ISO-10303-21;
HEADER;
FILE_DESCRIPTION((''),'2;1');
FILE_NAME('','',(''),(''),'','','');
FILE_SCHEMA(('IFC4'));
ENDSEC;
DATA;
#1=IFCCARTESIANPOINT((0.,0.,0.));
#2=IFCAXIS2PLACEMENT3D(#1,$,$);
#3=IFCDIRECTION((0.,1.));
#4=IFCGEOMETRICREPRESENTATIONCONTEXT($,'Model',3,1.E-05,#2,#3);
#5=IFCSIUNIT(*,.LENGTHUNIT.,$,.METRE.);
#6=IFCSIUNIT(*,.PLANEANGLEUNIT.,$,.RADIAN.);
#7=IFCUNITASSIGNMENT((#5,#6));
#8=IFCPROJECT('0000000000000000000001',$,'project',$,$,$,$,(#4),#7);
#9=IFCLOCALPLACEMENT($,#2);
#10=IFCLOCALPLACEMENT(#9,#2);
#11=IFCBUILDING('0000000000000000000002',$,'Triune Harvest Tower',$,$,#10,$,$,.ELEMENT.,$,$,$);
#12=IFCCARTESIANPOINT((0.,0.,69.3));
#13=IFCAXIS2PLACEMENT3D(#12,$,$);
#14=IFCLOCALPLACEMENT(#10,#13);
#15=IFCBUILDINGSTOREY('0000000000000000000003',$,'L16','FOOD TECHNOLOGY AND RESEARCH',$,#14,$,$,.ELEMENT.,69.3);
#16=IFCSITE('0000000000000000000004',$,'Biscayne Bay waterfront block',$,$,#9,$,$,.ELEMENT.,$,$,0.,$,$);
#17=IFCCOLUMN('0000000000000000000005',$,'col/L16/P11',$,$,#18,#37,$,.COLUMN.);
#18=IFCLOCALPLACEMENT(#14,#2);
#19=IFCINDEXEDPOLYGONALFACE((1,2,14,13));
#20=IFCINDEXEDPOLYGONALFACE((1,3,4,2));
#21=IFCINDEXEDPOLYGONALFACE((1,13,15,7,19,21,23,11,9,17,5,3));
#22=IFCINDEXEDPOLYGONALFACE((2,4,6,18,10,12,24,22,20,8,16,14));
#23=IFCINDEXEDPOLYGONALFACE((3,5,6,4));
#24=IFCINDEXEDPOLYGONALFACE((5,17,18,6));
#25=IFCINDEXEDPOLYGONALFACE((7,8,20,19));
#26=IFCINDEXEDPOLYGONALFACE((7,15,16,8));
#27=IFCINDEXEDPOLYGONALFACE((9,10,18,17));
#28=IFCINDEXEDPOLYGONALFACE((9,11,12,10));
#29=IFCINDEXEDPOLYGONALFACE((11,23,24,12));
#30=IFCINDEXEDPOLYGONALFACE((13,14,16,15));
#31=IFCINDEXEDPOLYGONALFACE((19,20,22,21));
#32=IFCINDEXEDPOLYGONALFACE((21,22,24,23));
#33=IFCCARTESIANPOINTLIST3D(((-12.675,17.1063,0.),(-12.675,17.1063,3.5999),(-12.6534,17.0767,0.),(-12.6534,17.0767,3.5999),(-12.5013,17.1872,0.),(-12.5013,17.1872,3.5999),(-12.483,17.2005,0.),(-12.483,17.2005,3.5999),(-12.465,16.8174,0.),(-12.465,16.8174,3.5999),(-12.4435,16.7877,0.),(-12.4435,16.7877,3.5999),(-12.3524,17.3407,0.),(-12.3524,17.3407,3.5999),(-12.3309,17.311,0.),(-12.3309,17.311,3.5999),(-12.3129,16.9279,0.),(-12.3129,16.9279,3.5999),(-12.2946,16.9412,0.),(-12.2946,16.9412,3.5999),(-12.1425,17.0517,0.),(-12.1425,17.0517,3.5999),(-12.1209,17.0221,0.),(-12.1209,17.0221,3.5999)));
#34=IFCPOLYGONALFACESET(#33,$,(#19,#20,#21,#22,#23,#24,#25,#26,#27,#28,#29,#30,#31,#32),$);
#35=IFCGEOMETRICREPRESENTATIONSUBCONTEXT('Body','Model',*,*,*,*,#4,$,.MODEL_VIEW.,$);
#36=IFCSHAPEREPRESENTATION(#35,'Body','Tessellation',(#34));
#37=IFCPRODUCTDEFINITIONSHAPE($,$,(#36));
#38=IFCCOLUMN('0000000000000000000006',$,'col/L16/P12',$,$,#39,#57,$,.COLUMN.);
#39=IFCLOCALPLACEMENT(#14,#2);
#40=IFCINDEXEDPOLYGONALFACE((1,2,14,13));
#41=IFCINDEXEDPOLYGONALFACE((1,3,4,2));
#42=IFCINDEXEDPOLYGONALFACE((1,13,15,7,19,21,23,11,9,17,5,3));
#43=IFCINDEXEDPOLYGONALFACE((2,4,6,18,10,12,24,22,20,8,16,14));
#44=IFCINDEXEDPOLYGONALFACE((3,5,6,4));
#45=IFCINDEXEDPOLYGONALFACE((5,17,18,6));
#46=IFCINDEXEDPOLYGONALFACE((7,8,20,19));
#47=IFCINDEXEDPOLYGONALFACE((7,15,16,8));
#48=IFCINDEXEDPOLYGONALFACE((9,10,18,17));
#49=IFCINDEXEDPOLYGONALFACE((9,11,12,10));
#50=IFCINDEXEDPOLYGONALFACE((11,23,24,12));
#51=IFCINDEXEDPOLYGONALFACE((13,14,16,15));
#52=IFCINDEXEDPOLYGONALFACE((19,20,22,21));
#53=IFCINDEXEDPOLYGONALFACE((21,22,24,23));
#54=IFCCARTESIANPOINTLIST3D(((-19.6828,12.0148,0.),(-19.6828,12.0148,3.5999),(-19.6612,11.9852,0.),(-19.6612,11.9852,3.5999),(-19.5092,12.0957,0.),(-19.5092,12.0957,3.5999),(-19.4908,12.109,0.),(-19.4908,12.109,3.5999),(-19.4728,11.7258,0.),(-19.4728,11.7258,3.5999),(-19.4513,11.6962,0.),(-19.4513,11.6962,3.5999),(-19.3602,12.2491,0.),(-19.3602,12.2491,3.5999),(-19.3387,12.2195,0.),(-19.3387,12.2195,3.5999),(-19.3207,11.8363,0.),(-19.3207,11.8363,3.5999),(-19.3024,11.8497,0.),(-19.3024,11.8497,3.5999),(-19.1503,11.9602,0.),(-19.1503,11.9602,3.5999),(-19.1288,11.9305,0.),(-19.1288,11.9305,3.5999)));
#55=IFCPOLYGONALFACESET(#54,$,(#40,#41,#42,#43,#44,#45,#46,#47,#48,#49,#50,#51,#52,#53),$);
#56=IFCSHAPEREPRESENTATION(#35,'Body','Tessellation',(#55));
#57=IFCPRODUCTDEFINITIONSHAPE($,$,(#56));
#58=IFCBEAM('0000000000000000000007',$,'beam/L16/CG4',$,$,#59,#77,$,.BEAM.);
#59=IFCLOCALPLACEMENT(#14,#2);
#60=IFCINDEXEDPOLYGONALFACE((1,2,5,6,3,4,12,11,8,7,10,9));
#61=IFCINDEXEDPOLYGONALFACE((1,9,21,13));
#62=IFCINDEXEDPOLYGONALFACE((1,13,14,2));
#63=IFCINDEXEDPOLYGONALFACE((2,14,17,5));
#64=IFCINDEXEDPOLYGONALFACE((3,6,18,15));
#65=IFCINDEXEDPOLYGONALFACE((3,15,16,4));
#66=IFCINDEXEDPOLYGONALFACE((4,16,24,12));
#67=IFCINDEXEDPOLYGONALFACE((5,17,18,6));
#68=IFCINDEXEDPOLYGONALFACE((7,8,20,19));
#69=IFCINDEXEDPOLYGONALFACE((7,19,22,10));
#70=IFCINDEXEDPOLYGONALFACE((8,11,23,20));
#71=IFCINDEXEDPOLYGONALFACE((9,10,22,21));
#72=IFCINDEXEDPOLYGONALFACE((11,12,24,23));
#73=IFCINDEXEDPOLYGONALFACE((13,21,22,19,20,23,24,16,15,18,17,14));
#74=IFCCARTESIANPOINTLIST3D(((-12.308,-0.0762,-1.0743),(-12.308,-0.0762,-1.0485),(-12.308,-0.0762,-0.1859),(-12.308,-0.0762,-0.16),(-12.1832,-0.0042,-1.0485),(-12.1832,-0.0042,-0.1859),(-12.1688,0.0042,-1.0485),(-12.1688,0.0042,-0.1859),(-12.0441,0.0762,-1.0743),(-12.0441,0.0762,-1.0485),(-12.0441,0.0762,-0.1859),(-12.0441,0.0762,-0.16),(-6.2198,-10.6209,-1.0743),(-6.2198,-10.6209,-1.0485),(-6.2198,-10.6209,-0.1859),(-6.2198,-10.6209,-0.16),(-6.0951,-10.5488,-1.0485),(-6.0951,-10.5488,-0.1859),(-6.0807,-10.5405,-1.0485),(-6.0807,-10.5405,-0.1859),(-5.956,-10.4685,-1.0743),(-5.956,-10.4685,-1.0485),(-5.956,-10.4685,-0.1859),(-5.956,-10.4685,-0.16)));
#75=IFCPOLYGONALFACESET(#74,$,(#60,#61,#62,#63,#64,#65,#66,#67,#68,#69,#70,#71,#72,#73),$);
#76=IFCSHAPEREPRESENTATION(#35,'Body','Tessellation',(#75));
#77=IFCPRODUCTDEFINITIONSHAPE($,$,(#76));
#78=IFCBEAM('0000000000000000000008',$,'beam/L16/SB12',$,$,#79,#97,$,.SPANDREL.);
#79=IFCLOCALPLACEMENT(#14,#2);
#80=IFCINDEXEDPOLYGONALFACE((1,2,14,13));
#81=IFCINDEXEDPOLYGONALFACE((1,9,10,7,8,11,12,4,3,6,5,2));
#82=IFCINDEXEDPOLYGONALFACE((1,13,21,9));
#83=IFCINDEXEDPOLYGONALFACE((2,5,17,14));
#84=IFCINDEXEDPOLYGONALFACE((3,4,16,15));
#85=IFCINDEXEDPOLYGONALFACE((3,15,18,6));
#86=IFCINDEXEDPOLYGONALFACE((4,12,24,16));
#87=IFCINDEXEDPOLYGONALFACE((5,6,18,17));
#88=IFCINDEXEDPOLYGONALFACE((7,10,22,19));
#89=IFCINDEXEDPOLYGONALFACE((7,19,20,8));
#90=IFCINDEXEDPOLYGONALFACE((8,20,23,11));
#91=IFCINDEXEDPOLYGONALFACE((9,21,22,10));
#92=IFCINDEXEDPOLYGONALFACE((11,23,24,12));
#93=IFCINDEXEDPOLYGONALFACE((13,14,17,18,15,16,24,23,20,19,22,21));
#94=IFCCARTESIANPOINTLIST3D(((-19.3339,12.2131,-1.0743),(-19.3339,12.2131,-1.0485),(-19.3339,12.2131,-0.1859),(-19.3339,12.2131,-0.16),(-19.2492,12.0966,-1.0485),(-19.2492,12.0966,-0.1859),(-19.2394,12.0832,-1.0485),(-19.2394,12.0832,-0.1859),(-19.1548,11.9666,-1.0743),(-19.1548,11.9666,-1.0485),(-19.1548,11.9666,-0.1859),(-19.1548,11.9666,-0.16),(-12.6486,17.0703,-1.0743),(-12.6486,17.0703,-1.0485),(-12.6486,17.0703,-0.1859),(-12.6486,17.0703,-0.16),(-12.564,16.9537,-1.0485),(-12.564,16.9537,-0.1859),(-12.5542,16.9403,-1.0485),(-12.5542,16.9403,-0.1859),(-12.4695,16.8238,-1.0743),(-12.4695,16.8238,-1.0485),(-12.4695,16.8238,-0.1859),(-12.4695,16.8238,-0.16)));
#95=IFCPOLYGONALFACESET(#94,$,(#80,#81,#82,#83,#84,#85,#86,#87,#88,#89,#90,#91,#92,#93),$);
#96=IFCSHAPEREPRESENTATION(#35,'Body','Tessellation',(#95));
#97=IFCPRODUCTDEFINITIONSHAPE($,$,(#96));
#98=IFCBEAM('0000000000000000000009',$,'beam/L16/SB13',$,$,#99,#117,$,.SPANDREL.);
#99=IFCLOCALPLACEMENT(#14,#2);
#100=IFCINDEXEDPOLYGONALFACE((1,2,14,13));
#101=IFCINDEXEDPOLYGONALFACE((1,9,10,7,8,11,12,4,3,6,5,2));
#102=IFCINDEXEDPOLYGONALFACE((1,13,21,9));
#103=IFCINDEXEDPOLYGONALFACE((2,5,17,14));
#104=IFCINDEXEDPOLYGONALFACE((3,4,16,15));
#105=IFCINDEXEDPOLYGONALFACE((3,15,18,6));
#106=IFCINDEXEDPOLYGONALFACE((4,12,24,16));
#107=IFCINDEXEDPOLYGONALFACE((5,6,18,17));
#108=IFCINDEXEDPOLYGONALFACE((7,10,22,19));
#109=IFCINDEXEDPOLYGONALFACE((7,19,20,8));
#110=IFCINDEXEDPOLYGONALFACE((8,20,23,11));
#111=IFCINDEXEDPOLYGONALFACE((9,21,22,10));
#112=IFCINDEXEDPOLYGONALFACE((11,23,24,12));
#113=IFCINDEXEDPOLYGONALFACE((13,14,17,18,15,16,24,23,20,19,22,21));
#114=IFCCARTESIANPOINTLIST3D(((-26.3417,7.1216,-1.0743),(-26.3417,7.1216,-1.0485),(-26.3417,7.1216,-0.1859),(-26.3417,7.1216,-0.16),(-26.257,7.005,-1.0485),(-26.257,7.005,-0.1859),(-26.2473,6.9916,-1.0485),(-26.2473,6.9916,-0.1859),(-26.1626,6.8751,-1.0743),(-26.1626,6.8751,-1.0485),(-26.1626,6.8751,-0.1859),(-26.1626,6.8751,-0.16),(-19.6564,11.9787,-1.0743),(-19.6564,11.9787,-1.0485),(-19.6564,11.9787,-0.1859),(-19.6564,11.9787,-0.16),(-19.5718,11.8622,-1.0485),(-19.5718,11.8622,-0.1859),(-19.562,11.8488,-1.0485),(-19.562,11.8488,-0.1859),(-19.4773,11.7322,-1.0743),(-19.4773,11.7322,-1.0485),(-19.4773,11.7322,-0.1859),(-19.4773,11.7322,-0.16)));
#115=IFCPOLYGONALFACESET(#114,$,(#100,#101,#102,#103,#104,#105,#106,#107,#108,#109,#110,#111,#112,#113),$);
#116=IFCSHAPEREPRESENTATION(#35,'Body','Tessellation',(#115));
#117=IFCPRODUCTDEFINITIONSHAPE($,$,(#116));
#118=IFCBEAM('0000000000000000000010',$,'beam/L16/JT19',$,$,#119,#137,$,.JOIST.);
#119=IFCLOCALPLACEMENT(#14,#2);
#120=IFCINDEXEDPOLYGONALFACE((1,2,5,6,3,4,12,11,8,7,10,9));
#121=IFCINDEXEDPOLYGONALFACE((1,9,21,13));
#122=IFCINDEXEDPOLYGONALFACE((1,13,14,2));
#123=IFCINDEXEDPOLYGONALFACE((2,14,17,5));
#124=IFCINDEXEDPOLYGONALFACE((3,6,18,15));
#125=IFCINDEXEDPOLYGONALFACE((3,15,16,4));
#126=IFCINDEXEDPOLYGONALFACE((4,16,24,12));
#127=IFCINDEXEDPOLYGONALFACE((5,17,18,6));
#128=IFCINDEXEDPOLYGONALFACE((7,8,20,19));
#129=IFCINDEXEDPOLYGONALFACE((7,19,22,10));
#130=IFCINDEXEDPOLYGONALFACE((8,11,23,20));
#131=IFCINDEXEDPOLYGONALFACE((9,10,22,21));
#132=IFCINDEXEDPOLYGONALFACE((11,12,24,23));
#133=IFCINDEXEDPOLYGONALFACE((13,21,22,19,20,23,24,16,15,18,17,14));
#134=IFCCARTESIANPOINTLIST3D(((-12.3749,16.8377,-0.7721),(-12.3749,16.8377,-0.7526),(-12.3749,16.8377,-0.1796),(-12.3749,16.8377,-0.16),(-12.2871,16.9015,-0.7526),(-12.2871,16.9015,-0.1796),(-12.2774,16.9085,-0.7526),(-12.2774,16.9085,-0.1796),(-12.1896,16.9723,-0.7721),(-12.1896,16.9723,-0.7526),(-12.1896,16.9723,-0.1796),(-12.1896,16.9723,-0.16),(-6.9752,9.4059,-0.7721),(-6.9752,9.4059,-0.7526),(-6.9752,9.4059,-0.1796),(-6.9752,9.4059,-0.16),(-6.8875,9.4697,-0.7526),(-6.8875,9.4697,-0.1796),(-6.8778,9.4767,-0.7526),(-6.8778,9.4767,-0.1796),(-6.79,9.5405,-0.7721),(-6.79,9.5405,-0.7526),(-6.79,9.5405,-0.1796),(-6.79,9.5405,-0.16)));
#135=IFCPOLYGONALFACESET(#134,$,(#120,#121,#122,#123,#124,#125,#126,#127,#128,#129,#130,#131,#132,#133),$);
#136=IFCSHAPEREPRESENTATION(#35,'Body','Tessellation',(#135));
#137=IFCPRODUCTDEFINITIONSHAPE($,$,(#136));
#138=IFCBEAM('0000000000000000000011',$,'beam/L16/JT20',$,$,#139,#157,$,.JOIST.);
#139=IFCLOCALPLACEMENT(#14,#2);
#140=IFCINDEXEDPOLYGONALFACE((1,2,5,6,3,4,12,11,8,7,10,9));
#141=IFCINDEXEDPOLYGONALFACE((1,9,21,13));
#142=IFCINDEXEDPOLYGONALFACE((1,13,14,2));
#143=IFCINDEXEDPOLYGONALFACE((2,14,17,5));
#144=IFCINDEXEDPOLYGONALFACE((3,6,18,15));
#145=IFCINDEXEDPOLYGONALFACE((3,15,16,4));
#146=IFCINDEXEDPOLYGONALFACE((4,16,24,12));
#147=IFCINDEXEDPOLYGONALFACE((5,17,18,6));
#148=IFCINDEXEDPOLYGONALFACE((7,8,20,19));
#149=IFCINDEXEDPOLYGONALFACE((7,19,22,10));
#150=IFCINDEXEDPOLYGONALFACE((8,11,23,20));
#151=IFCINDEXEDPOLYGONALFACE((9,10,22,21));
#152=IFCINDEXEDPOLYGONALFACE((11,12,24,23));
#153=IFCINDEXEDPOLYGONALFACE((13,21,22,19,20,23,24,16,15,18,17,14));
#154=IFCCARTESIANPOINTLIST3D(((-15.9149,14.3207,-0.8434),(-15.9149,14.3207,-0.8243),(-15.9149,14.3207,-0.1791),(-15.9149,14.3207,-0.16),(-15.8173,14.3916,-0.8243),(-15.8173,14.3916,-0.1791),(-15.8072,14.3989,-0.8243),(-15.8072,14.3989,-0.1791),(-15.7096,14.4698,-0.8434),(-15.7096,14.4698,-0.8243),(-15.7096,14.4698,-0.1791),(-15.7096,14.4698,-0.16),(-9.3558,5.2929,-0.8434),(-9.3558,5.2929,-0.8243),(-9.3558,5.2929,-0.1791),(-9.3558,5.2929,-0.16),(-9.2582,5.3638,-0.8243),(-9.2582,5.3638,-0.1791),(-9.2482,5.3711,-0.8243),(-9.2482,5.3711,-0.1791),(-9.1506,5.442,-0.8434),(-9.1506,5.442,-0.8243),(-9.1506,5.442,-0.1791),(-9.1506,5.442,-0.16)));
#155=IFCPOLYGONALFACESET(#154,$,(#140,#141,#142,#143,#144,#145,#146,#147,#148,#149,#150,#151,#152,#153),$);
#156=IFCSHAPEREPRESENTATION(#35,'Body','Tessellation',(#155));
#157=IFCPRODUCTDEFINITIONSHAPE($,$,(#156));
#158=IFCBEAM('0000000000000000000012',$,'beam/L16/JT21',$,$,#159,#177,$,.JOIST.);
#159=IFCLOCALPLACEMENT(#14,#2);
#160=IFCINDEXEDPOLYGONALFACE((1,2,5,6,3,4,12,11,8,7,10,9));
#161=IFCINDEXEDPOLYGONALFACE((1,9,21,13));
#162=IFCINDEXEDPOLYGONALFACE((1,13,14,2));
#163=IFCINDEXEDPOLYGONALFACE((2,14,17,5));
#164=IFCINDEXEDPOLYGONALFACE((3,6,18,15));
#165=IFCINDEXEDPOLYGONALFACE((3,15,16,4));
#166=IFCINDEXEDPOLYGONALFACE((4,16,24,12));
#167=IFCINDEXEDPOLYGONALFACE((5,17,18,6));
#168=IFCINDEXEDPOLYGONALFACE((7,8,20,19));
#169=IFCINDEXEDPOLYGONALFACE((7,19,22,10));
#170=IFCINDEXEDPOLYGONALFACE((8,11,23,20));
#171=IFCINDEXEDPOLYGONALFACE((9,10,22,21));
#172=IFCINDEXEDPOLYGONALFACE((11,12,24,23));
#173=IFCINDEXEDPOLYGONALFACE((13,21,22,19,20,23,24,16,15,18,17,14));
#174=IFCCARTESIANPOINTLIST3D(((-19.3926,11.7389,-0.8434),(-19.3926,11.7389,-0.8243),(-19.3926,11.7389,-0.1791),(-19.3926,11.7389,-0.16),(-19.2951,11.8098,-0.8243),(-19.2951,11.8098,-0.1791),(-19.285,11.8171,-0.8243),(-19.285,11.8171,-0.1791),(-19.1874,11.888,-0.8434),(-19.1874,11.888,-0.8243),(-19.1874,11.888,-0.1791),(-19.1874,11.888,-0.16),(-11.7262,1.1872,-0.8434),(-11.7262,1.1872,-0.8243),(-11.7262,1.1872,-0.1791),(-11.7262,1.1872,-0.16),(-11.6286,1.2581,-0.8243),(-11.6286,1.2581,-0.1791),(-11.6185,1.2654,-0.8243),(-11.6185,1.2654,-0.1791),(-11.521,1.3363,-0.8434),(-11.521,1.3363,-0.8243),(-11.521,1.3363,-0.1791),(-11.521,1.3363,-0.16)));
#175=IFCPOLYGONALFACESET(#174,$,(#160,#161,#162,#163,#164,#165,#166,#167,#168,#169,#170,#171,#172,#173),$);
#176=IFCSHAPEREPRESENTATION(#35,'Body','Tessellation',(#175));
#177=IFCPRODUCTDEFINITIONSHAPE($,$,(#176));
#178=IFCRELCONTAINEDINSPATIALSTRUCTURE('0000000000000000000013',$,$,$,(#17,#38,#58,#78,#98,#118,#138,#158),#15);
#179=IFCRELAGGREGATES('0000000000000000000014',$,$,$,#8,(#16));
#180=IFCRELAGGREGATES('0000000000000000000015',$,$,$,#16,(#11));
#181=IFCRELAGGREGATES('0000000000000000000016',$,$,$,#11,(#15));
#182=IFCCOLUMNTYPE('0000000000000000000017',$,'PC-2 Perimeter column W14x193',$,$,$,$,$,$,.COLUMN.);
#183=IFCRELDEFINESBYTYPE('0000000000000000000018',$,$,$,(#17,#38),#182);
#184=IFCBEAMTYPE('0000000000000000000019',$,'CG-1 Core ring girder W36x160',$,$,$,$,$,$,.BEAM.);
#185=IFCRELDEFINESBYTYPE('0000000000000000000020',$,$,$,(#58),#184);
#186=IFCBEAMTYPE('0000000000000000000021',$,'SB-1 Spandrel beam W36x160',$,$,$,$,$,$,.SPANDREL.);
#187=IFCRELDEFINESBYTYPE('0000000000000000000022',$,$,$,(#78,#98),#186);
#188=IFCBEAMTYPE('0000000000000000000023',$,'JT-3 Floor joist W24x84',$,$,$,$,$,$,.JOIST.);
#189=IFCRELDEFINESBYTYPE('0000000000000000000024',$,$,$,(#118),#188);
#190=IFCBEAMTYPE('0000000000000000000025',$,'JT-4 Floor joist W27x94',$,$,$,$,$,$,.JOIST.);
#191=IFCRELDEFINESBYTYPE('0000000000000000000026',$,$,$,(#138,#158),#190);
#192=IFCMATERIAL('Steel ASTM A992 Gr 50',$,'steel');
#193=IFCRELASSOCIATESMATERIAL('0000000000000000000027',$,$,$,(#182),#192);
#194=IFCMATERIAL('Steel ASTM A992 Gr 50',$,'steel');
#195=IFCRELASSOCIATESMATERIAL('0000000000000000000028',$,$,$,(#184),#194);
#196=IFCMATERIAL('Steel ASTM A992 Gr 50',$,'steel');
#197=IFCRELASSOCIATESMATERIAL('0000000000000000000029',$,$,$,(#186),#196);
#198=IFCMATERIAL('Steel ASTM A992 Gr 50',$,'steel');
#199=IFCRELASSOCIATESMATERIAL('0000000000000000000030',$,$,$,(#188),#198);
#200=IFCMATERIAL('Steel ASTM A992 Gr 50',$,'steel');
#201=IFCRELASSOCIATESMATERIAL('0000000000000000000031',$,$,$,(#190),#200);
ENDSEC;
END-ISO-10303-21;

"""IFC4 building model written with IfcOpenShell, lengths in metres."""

from ifc_helpers import new_model, si_unit, direction, frame, origin, origin_2d, place, context, subcontext, project, spatial, i_section, extrude, source, transform, mapped, material, material_profile, profile_set, type_object, element, save


model = new_model("IFC4")

# Units and contexts
model_context = context("Model", 3, precision=1e-05, world=origin(), true_north=direction((0.0, 1.0)))
body_context = subcontext(model_context, "Body", "Model", "MODEL_VIEW")
ifc_project = project(units=[si_unit("LENGTHUNIT", "METRE"), si_unit("PLANEANGLEUNIT", "RADIAN")], contexts=[model_context])

# Site, building, storey
site_placement = place(None, origin())
site = spatial("IfcSite", under=ifc_project, at=site_placement, Name="Biscayne Bay waterfront block", CompositionType="ELEMENT", RefElevation=0.0)
building_placement = place(site_placement, origin())
building = spatial("IfcBuilding", under=site, at=building_placement, Name="Triune Harvest Tower", CompositionType="ELEMENT")
storey_placement = place(building_placement, frame((0.0, 0.0, 69.3)))
storey = spatial("IfcBuildingStorey", under=building, at=storey_placement, Name="L16", Description="FOOD TECHNOLOGY AND RESEARCH", CompositionType="ELEMENT", Elevation=69.3)

# Columns
ifc_material_1 = material(Name="Steel ASTM A992 Gr 50", Category="steel")
ifc_material_profile_1 = material_profile(ifc_material_1, i_section(OverallWidth=0.3987, OverallDepth=0.3938, WebThickness=0.0227, FlangeThickness=0.0366, at=origin_2d()), Name="W14x193")
ifc_profile_set_1 = profile_set([ifc_material_profile_1], Name="Steel ASTM A992 Gr 50")
column_type = type_object("IfcColumnType", Name="PC-2 Perimeter column W14x193", PredefinedType="COLUMN", material=ifc_profile_set_1)
shared_shape_1 = source(origin(), body_context, "Body", "SweptSolid", [
    extrude(i_section(OverallWidth=0.3987, OverallDepth=0.3938, WebThickness=0.0227, FlangeThickness=0.0366, at=origin_2d()), origin(), (0.0, 0.0, 1.0), 3.5999),
])
for number, where, z_axis, x_axis, name in (
    (1, (-12.3979, 17.0642, 0.0), (0.0, 0.0, 1.0), (-0.809017, -0.587785, 0.0), "col/L16/P11"),
    (2, (-19.4058, 11.9727, 0.0), (0.0, 0.0, 1.0), (-0.809017, -0.587785, 0.0), "col/L16/P12"),
):
    element("IfcColumn", number, at=place(storey_placement, frame(where, z_axis=z_axis, x_axis=x_axis)), inside=storey, type_object=column_type, Name=name, PredefinedType="COLUMN", context=body_context, shape_type="MappedRepresentation", body=[
        mapped(shared_shape_1, transform((0.0, 0.0, 0.0), scale=1.0)),
    ])

# Beams
ifc_material_2 = material(Name="Steel ASTM A992 Gr 50", Category="steel")
ifc_material_profile_2 = material_profile(ifc_material_2, i_section(OverallWidth=0.3047, OverallDepth=0.9143, WebThickness=0.0166, FlangeThickness=0.0259, at=origin_2d()), Name="W36x160")
ifc_profile_set_2 = profile_set([ifc_material_profile_2], Name="Steel ASTM A992 Gr 50")
beam_type_1 = type_object("IfcBeamType", Name="CG-1 Core ring girder W36x160", PredefinedType="BEAM", material=ifc_profile_set_2)
shared_shape_2 = source(origin(), body_context, "Body", "SweptSolid", [
    extrude(i_section(OverallWidth=0.3047, OverallDepth=0.9143, WebThickness=0.0166, FlangeThickness=0.0259, at=origin_2d()), origin(), (0.0, 0.0, 1.0), 12.176),
])
beam_1_placement = place(storey_placement, frame((-12.176, 0.0, -0.6172), z_axis=(0.50001, -0.86602, 0.0), x_axis=(0.86602, 0.50001, 0.0)))
element("IfcBeam", 3, at=beam_1_placement, inside=storey, type_object=beam_type_1, Name="beam/L16/CG4", PredefinedType="BEAM", context=body_context, shape_type="MappedRepresentation", body=[
    mapped(shared_shape_2, transform((0.0, 0.0, 0.0), scale=1.0)),
])
ifc_material_3 = material(Name="Steel ASTM A992 Gr 50", Category="steel")
ifc_material_profile_3 = material_profile(ifc_material_3, i_section(OverallWidth=0.3047, OverallDepth=0.9143, WebThickness=0.0166, FlangeThickness=0.0259, at=origin_2d()), Name="W36x160")
ifc_profile_set_3 = profile_set([ifc_material_profile_3], Name="Steel ASTM A992 Gr 50")
beam_type_2 = type_object("IfcBeamType", Name="SB-1 Spandrel beam W36x160", PredefinedType="SPANDREL", material=ifc_profile_set_3)
shared_shape_3 = source(origin(), body_context, "Body", "SweptSolid", [
    extrude(i_section(OverallWidth=0.3047, OverallDepth=0.9143, WebThickness=0.0166, FlangeThickness=0.0259, at=origin_2d()), origin(), (0.0, 0.0, 1.0), 8.2634),
])
for number, where, z_axis, x_axis, name in (
    (4, (-12.5591, 16.947, -0.6172), (-0.809016, -0.587787, 0.0), (0.587787, -0.809016, 0.0), "beam/L16/SB12"),
    (5, (-19.5669, 11.8555, -0.6172), (-0.809016, -0.587787, 0.0), (0.587787, -0.809016, 0.0), "beam/L16/SB13"),
):
    element("IfcBeam", number, at=place(storey_placement, frame(where, z_axis=z_axis, x_axis=x_axis)), inside=storey, type_object=beam_type_2, Name=name, PredefinedType="SPANDREL", context=body_context, shape_type="MappedRepresentation", body=[
        mapped(shared_shape_3, transform((0.0, 0.0, 0.0), scale=1.0)),
    ])
ifc_material_4 = material(Name="Steel ASTM A992 Gr 50", Category="steel")
ifc_material_profile_4 = material_profile(ifc_material_4, i_section(OverallWidth=0.229, OverallDepth=0.6121, WebThickness=0.012, FlangeThickness=0.0195, at=origin_2d()), Name="W24x84")
ifc_profile_set_4 = profile_set([ifc_material_profile_4], Name="Steel ASTM A992 Gr 50")
beam_type_3 = type_object("IfcBeamType", Name="JT-3 Floor joist W24x84", PredefinedType="JOIST", material=ifc_profile_set_4)
shared_shape_4 = source(origin(), body_context, "Body", "SweptSolid", [
    extrude(i_section(OverallWidth=0.229, OverallDepth=0.6121, WebThickness=0.012, FlangeThickness=0.0195, at=origin_2d()), origin(), (0.0, 0.0, 1.0), 9.1863),
])
beam_2_placement = place(storey_placement, frame((-12.2822, 16.905, -0.4661), z_axis=(0.587791, -0.809013, 0.0), x_axis=(0.809013, 0.587791, 0.0)))
element("IfcBeam", 6, at=beam_2_placement, inside=storey, type_object=beam_type_3, Name="beam/L16/JT19", PredefinedType="JOIST", context=body_context, shape_type="MappedRepresentation", body=[
    mapped(shared_shape_4, transform((0.0, 0.0, 0.0), scale=1.0)),
])
ifc_material_5 = material(Name="Steel ASTM A992 Gr 50", Category="steel")
ifc_material_profile_5 = material_profile(ifc_material_5, i_section(OverallWidth=0.2537, OverallDepth=0.6833, WebThickness=0.0125, FlangeThickness=0.019, at=origin_2d()), Name="W27x94")
ifc_profile_set_5 = profile_set([ifc_material_profile_5], Name="Steel ASTM A992 Gr 50")
beam_type_4 = type_object("IfcBeamType", Name="JT-4 Floor joist W27x94", PredefinedType="JOIST", material=ifc_profile_set_5)
shared_shape_5 = source(origin(), body_context, "Body", "SweptSolid", [
    extrude(i_section(OverallWidth=0.2537, OverallDepth=0.6833, WebThickness=0.0125, FlangeThickness=0.019, at=origin_2d()), origin(), (0.0, 0.0, 1.0), 11.1589),
])
beam_3_placement = place(storey_placement, frame((-15.8123, 14.3953, -0.5017), z_axis=(0.587784, -0.809018, 0.0), x_axis=(0.809018, 0.587784, 0.0)))
element("IfcBeam", 7, at=beam_3_placement, inside=storey, type_object=beam_type_4, Name="beam/L16/JT20", PredefinedType="JOIST", context=body_context, shape_type="MappedRepresentation", body=[
    mapped(shared_shape_5, transform((0.0, 0.0, 0.0), scale=1.0)),
])
shared_shape_6 = source(origin(), body_context, "Body", "SweptSolid", [
    extrude(i_section(OverallWidth=0.2537, OverallDepth=0.6833, WebThickness=0.0125, FlangeThickness=0.019, at=origin_2d()), origin(), (0.0, 0.0, 1.0), 13.0427),
])
beam_4_placement = place(storey_placement, frame((-19.29, 11.8135, -0.5017), z_axis=(0.587795, -0.80901, 0.0), x_axis=(0.80901, 0.587795, 0.0)))
element("IfcBeam", 8, at=beam_4_placement, inside=storey, type_object=beam_type_4, Name="beam/L16/JT21", PredefinedType="JOIST", context=body_context, shape_type="MappedRepresentation", body=[
    mapped(shared_shape_6, transform((0.0, 0.0, 0.0), scale=1.0)),
])

save(model, "model.ifc")
